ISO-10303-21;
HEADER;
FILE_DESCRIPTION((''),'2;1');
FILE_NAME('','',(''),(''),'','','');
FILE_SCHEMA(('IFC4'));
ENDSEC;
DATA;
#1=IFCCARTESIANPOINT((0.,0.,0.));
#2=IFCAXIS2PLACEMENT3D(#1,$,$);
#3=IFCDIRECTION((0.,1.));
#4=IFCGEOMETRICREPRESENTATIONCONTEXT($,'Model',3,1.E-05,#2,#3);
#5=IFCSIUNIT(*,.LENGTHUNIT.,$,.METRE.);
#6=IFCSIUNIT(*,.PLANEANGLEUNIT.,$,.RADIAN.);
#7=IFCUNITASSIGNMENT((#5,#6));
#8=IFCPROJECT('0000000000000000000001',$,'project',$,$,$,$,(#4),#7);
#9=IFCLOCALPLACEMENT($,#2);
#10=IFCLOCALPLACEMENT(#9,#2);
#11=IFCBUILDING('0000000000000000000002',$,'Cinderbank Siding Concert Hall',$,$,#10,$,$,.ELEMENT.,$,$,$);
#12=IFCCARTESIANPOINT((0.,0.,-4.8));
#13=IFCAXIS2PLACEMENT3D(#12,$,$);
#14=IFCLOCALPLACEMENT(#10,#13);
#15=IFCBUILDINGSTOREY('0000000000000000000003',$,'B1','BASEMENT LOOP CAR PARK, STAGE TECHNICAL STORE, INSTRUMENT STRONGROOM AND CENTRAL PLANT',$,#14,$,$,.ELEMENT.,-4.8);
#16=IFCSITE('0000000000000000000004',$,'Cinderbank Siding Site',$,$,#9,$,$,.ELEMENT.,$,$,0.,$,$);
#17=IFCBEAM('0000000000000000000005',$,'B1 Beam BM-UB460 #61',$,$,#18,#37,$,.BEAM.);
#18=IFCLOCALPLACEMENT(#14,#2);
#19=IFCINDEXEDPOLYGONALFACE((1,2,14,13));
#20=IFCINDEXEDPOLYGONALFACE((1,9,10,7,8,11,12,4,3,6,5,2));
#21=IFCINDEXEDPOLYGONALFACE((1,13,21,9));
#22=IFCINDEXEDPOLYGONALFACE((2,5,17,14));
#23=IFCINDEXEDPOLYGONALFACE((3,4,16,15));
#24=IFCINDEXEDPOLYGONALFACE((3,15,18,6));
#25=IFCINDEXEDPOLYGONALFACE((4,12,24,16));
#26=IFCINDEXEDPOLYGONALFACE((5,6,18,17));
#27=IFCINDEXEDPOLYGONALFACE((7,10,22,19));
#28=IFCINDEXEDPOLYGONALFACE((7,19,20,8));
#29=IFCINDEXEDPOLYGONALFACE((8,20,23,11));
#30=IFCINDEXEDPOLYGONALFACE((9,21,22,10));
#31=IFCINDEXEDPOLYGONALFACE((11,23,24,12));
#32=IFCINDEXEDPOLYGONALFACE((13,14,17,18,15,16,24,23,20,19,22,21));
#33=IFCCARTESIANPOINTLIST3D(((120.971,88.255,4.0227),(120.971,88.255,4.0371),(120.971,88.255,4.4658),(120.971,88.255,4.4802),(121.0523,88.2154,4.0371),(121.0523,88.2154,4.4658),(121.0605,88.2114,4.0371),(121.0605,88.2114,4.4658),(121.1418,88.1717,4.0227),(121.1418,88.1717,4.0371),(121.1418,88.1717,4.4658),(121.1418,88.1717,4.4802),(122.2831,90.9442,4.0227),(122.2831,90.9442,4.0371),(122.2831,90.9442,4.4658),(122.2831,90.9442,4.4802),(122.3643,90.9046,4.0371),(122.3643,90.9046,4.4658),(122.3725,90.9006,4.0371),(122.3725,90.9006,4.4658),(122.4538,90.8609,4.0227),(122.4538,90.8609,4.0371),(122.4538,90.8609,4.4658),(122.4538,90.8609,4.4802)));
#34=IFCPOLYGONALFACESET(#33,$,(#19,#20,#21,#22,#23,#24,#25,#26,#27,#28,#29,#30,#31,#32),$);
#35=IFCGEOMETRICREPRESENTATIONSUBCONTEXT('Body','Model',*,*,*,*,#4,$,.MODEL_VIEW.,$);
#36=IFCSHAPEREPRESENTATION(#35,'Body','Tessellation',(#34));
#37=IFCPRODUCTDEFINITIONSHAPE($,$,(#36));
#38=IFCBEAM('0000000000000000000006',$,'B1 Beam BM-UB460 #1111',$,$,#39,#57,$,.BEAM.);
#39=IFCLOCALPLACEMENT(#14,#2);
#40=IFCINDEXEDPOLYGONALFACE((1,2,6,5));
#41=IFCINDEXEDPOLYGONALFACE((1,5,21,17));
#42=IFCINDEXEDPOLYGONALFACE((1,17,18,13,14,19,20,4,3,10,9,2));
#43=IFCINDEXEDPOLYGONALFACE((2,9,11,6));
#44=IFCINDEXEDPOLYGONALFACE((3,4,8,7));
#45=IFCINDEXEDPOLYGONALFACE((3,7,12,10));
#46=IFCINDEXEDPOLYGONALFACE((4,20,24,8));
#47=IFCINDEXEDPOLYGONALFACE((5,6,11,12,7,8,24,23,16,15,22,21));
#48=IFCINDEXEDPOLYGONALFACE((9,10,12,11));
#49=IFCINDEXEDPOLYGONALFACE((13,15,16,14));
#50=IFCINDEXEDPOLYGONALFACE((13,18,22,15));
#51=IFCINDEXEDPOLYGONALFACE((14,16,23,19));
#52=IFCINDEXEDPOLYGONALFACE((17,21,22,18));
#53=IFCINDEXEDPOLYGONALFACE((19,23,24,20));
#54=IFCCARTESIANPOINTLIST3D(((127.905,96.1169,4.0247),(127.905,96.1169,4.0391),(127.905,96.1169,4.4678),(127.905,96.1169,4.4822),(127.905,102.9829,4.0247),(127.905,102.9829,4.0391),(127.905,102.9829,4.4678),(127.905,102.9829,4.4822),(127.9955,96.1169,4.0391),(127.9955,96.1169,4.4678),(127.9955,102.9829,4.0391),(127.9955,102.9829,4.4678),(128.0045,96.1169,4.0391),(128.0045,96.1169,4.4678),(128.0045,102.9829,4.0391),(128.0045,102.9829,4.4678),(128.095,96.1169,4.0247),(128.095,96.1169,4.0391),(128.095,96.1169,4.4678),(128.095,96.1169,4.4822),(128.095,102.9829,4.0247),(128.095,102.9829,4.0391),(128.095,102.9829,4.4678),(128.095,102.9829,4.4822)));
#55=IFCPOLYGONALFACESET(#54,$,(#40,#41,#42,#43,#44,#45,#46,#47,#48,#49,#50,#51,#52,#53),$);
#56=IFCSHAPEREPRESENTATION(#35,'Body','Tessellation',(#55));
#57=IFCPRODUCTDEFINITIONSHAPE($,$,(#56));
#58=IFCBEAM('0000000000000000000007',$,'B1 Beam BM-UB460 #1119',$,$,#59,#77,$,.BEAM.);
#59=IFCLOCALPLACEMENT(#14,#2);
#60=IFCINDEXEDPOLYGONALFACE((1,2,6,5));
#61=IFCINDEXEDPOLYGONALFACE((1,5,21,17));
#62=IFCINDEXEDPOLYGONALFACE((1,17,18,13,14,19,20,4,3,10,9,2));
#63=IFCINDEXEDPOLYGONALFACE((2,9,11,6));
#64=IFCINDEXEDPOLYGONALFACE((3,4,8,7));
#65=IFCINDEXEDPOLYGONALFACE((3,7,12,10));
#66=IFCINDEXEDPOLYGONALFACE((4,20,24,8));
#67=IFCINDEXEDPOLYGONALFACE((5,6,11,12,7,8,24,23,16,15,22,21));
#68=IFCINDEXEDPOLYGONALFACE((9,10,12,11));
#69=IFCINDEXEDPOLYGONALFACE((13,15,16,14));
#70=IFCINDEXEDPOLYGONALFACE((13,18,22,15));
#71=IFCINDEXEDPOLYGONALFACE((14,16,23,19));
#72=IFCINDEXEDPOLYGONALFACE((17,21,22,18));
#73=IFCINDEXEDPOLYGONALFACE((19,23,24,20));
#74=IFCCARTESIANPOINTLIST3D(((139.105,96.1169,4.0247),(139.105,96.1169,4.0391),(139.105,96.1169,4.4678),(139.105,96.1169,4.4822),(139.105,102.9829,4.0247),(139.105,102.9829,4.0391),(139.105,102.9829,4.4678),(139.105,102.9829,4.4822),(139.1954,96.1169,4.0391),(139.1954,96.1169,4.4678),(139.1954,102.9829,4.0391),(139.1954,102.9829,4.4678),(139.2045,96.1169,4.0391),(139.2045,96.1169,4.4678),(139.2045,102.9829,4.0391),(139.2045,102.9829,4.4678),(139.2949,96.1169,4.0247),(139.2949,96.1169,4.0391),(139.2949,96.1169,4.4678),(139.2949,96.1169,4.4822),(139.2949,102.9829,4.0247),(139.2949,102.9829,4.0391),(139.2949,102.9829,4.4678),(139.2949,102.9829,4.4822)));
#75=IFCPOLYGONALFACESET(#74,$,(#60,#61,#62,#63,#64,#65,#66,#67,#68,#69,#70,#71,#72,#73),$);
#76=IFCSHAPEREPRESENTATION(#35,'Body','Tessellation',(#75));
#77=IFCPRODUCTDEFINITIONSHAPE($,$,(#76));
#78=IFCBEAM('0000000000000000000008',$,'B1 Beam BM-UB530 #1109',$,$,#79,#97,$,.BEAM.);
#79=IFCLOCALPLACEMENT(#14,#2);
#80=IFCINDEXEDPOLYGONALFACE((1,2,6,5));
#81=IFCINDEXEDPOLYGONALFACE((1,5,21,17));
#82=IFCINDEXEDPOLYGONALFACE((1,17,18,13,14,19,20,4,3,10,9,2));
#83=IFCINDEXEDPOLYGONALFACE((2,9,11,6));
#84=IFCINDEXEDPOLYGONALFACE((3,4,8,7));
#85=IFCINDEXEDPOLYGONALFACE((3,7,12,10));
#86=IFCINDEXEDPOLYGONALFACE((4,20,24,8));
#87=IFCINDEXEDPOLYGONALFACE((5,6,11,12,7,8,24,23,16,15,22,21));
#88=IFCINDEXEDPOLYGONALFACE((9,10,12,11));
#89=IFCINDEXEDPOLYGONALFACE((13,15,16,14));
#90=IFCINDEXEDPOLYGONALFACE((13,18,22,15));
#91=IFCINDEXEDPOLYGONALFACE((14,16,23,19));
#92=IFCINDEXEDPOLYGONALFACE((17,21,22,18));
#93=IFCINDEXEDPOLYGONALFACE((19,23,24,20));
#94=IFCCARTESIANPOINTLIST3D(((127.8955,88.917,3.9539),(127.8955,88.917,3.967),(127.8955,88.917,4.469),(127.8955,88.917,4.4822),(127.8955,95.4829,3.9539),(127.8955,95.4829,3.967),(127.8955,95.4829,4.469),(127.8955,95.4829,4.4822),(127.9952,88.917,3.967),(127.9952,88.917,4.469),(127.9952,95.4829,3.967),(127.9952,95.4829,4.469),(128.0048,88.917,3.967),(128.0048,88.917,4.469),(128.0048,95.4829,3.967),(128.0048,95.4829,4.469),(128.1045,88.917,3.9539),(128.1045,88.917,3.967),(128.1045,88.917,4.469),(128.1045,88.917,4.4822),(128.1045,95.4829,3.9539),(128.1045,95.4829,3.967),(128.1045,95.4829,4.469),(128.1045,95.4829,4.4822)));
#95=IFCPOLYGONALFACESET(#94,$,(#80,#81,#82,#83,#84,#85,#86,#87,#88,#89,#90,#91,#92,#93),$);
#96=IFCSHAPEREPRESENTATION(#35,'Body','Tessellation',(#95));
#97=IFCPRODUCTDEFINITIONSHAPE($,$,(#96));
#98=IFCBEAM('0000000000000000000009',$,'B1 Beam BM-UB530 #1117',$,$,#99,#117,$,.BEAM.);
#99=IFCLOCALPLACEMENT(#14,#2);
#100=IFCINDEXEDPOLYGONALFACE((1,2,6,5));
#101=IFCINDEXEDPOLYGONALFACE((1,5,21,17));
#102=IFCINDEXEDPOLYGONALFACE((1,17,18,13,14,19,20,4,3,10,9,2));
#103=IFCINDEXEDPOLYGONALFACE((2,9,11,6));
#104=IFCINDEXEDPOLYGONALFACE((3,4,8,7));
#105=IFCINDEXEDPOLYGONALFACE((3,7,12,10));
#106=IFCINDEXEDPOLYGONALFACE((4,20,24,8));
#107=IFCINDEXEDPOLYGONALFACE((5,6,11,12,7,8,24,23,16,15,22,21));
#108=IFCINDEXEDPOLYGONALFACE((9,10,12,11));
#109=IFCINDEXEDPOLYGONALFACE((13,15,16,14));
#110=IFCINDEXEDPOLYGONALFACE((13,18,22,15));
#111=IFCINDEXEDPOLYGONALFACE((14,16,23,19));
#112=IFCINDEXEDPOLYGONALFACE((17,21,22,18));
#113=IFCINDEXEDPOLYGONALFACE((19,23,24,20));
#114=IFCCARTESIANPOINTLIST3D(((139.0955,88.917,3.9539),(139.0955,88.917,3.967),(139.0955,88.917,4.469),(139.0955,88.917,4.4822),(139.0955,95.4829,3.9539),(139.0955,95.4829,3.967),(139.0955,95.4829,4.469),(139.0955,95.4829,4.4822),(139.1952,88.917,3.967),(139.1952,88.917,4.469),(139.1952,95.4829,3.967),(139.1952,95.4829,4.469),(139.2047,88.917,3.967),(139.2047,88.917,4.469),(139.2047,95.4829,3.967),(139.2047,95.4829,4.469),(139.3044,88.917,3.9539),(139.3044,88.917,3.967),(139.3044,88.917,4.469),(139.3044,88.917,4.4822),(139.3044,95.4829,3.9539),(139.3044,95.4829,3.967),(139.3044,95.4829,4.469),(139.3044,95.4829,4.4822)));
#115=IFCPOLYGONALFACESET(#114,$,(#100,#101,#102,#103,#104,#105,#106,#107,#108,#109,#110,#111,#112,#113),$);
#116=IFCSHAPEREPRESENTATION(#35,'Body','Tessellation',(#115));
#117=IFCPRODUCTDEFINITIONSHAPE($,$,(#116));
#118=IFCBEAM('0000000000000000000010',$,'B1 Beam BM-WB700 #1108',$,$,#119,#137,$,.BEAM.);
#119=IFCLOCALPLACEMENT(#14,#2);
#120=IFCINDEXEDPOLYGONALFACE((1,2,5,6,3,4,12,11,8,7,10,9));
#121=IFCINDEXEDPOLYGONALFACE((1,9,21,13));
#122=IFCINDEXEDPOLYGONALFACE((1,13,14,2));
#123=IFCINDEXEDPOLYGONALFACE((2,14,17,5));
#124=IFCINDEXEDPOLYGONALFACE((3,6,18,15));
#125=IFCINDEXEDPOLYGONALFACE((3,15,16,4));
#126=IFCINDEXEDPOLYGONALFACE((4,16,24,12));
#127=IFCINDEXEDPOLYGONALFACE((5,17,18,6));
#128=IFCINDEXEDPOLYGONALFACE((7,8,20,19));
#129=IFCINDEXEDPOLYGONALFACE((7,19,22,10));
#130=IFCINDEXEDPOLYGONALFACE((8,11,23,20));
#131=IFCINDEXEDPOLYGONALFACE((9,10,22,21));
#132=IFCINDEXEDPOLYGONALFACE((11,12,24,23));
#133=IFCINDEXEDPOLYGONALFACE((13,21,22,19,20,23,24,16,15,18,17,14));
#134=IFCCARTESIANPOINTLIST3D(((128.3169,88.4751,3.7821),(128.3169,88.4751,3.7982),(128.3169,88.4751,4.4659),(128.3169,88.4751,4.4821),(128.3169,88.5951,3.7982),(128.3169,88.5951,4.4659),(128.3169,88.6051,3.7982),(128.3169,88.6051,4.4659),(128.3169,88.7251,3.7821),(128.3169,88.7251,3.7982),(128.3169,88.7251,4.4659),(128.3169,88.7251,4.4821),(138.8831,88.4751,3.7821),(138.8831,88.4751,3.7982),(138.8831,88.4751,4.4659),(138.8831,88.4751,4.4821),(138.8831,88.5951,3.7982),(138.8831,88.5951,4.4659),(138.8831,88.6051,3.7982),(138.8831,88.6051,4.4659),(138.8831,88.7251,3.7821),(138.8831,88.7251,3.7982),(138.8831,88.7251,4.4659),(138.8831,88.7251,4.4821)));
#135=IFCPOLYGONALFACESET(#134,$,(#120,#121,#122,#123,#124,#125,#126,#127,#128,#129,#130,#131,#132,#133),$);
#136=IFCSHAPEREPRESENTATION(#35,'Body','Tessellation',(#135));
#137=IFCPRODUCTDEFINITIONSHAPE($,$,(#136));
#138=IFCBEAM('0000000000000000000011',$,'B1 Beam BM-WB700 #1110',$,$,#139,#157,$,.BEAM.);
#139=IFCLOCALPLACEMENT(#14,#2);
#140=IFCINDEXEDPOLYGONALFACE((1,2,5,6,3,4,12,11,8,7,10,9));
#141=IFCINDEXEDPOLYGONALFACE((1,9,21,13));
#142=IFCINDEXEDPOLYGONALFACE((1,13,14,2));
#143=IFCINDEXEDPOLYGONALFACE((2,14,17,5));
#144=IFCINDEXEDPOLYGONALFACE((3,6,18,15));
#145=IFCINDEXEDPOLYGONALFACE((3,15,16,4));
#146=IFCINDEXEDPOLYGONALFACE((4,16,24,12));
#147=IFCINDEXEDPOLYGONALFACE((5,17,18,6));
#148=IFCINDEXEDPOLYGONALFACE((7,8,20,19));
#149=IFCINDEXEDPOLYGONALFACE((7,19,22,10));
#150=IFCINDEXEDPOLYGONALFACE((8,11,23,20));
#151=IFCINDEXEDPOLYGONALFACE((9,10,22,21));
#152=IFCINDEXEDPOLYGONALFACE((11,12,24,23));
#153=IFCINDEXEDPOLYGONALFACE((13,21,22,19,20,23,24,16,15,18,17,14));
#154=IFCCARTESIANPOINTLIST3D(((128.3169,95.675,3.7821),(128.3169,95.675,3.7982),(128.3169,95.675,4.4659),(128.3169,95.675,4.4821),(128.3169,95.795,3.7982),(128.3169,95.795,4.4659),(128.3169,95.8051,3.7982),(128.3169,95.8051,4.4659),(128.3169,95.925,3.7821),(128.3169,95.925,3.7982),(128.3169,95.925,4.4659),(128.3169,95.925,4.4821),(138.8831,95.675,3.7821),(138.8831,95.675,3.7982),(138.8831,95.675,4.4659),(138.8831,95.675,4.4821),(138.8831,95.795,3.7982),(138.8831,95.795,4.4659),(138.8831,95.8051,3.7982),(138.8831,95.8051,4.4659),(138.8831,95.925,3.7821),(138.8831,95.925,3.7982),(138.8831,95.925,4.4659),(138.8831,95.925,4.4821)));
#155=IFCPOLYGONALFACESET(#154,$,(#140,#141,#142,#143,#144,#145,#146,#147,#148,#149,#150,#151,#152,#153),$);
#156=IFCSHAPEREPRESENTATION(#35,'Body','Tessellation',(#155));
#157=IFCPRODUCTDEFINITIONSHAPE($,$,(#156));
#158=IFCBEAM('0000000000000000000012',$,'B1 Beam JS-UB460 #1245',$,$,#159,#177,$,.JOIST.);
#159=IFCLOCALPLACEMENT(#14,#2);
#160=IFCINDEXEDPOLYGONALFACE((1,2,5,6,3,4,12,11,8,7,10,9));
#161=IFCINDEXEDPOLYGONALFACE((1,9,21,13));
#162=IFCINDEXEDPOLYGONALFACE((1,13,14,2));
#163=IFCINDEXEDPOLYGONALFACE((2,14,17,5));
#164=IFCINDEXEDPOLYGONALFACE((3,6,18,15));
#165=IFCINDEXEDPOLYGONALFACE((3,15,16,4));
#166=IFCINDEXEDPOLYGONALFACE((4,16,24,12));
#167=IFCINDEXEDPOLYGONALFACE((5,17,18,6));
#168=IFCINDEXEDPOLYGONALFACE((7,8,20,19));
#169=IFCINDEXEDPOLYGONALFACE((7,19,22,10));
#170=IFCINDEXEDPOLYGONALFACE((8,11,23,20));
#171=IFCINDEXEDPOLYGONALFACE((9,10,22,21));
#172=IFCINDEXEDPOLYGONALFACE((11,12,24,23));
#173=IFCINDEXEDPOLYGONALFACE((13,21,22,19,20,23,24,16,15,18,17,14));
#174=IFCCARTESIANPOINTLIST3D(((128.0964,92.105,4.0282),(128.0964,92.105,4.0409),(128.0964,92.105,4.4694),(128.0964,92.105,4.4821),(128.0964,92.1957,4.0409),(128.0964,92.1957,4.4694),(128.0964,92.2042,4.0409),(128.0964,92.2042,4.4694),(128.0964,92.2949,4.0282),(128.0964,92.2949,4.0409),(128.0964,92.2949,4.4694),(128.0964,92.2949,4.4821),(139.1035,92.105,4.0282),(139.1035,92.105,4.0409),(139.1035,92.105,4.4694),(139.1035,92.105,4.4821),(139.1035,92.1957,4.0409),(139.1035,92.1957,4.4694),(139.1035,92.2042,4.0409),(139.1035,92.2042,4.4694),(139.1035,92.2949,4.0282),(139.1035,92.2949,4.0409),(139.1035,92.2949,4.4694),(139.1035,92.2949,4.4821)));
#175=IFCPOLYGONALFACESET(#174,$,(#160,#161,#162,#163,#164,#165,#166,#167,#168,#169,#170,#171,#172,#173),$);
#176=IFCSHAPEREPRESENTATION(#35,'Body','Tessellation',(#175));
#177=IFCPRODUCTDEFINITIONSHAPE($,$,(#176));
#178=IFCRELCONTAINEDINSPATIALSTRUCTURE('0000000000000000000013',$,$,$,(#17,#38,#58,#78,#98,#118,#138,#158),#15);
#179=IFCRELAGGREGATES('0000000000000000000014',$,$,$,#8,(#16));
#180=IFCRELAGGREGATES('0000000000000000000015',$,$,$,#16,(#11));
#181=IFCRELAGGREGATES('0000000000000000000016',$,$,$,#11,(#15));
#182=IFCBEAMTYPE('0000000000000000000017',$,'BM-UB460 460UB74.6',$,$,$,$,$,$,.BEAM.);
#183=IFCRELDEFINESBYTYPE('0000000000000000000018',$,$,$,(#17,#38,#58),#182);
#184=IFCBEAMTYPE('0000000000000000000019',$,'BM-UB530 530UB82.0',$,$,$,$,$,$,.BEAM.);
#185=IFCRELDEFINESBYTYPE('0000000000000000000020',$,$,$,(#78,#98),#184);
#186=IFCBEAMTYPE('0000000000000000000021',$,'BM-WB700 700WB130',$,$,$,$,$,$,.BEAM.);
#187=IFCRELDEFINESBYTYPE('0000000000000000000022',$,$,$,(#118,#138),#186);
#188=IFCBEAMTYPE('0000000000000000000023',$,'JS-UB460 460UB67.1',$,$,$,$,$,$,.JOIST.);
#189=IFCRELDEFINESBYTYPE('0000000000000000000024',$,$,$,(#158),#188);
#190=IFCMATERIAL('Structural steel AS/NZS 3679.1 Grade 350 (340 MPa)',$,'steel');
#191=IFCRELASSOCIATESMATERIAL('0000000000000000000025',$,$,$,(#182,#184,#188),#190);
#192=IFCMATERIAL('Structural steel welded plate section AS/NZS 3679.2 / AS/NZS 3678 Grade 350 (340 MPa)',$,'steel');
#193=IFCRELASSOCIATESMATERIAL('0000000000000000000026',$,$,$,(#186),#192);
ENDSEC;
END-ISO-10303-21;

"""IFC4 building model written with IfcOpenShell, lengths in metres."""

from ifc_helpers import new_model, si_unit, direction, frame, origin, origin_2d, place, context, subcontext, project, spatial, i_section, extrude, material, material_profile, profile_set, type_object, element, save


model = new_model("IFC4")

# Units and contexts
model_context = context("Model", 3, precision=1e-05, world=origin(), true_north=direction((0.0, 1.0)))
body_context = subcontext(model_context, "Body", "Model", "MODEL_VIEW")
ifc_project = project(units=[si_unit("LENGTHUNIT", "METRE"), si_unit("PLANEANGLEUNIT", "RADIAN")], contexts=[model_context])

# Site, building, storey
site_placement = place(None, origin())
site = spatial("IfcSite", under=ifc_project, at=site_placement, Name="Cinderbank Siding Site", CompositionType="ELEMENT", RefElevation=0.0)
building_placement = place(site_placement, origin())
building = spatial("IfcBuilding", under=site, at=building_placement, Name="Cinderbank Siding Concert Hall", CompositionType="ELEMENT")
storey_placement = place(building_placement, frame((0.0, 0.0, -4.8)))
storey = spatial("IfcBuildingStorey", under=building, at=storey_placement, Name="B1", Description="BASEMENT LOOP CAR PARK, STAGE TECHNICAL STORE, INSTRUMENT STRONGROOM AND CENTRAL PLANT", CompositionType="ELEMENT", Elevation=-4.8)

# Beams
ifc_material_1 = material(Name="Structural steel AS/NZS 3679.1 Grade 350 (340 MPa)", Category="steel")
ifc_material_profile_1 = material_profile(ifc_material_1, i_section(OverallWidth=0.1899, OverallDepth=0.4575, WebThickness=0.009, FlangeThickness=0.0144, at=origin_2d()), Name="460UB74.6", Category="LoadBearing")
ifc_profile_set_1 = profile_set([ifc_material_profile_1], Name="Structural steel AS/NZS 3679.1 Grade 350 (340 MPa)")
beam_type_1 = type_object("IfcBeamType", Name="BM-UB460 460UB74.6", PredefinedType="BEAM", material=ifc_profile_set_1)
beam_1_placement = place(storey_placement, frame((122.3684, 90.9026, 4.2515), z_axis=(-0.438478, -0.898742, 0.0), x_axis=(0.898742, -0.438478, 0.0)))
element("IfcBeam", 1, at=beam_1_placement, inside=storey, type_object=beam_type_1, Name="B1 Beam BM-UB460 #61", PredefinedType="BEAM", context=body_context, shape_type="SweptSolid", body=[
    extrude(i_section(OverallWidth=0.1899, OverallDepth=0.4575, WebThickness=0.009, FlangeThickness=0.0144, at=origin_2d()), origin(), (0.0, 0.0, 1.0), 2.9922),
])
for number, where, z_axis, x_axis, name in (
    (2, (128.0, 96.1169, 4.2534), (0.0, 1.0, 0.0), (-1.0, 0.0, 0.0), "B1 Beam BM-UB460 #1111"),
    (3, (139.2, 96.1169, 4.2534), (0.0, 1.0, 0.0), (-1.0, 0.0, 0.0), "B1 Beam BM-UB460 #1119"),
):
    element("IfcBeam", number, at=place(storey_placement, frame(where, z_axis=z_axis, x_axis=x_axis)), inside=storey, type_object=beam_type_1, Name=name, PredefinedType="BEAM", context=body_context, shape_type="SweptSolid", body=[
        extrude(i_section(OverallWidth=0.1899, OverallDepth=0.4575, WebThickness=0.009, FlangeThickness=0.0144, at=origin_2d()), origin(), (0.0, 0.0, 1.0), 6.866),
    ])
ifc_material_profile_2 = material_profile(ifc_material_1, i_section(OverallWidth=0.209, OverallDepth=0.5283, WebThickness=0.0095, FlangeThickness=0.0132, at=origin_2d()), Name="530UB82.0", Category="LoadBearing")
ifc_profile_set_2 = profile_set([ifc_material_profile_2], Name="Structural steel AS/NZS 3679.1 Grade 350 (340 MPa)")
beam_type_2 = type_object("IfcBeamType", Name="BM-UB530 530UB82.0", PredefinedType="BEAM", material=ifc_profile_set_2)
for number, where, z_axis, x_axis, name in (
    (4, (128.0, 88.917, 4.218), (0.0, 1.0, 0.0), (-1.0, 0.0, 0.0), "B1 Beam BM-UB530 #1109"),
    (5, (139.2, 88.917, 4.218), (0.0, 1.0, 0.0), (-1.0, 0.0, 0.0), "B1 Beam BM-UB530 #1117"),
):
    element("IfcBeam", number, at=place(storey_placement, frame(where, z_axis=z_axis, x_axis=x_axis)), inside=storey, type_object=beam_type_2, Name=name, PredefinedType="BEAM", context=body_context, shape_type="SweptSolid", body=[
        extrude(i_section(OverallWidth=0.209, OverallDepth=0.5283, WebThickness=0.0095, FlangeThickness=0.0132, at=origin_2d()), origin(), (0.0, 0.0, 1.0), 6.5659),
    ])
ifc_material_2 = material(Name="Structural steel welded plate section AS/NZS 3679.2 / AS/NZS 3678 Grade 350 (340 MPa)", Category="steel")
ifc_material_profile_3 = material_profile(ifc_material_2, i_section(OverallWidth=0.25, OverallDepth=0.7, WebThickness=0.01, FlangeThickness=0.0161, at=origin_2d()), Name="700WB130", Category="LoadBearing")
ifc_profile_set_3 = profile_set([ifc_material_profile_3], Name="Structural steel welded plate section AS/NZS 3679.2 / AS/NZS 3678 Grade 350 (340 MPa)")
beam_type_3 = type_object("IfcBeamType", Name="BM-WB700 700WB130", PredefinedType="BEAM", material=ifc_profile_set_3)
for number, where, z_axis, x_axis, name in (
    (6, (128.3169, 88.6001, 4.1321), (1.0, 0.0, 0.0), (0.0, 1.0, 0.0), "B1 Beam BM-WB700 #1108"),
    (7, (128.3169, 95.8, 4.1321), (1.0, 0.0, 0.0), (0.0, 1.0, 0.0), "B1 Beam BM-WB700 #1110"),
):
    element("IfcBeam", number, at=place(storey_placement, frame(where, z_axis=z_axis, x_axis=x_axis)), inside=storey, type_object=beam_type_3, Name=name, PredefinedType="BEAM", context=body_context, shape_type="SweptSolid", body=[
        extrude(i_section(OverallWidth=0.25, OverallDepth=0.7, WebThickness=0.01, FlangeThickness=0.0161, at=origin_2d()), origin(), (0.0, 0.0, 1.0), 10.5662),
    ])
ifc_material_profile_4 = material_profile(ifc_material_1, i_section(OverallWidth=0.1899, OverallDepth=0.4539, WebThickness=0.0085, FlangeThickness=0.0127, at=origin_2d()), Name="460UB67.1", Category="LoadBearing")
ifc_profile_set_4 = profile_set([ifc_material_profile_4], Name="Structural steel AS/NZS 3679.1 Grade 350 (340 MPa)")
beam_type_4 = type_object("IfcBeamType", Name="JS-UB460 460UB67.1", PredefinedType="JOIST", material=ifc_profile_set_4)
beam_2_placement = place(storey_placement, frame((128.0964, 92.2, 4.2551), z_axis=(1.0, 0.0, 0.0), x_axis=(0.0, 1.0, 0.0)))
element("IfcBeam", 8, at=beam_2_placement, inside=storey, type_object=beam_type_4, Name="B1 Beam JS-UB460 #1245", PredefinedType="JOIST", context=body_context, shape_type="SweptSolid", body=[
    extrude(i_section(OverallWidth=0.1899, OverallDepth=0.4539, WebThickness=0.0085, FlangeThickness=0.0127, at=origin_2d()), origin(), (0.0, 0.0, 1.0), 11.0071),
])

save(model, "model.ifc")
